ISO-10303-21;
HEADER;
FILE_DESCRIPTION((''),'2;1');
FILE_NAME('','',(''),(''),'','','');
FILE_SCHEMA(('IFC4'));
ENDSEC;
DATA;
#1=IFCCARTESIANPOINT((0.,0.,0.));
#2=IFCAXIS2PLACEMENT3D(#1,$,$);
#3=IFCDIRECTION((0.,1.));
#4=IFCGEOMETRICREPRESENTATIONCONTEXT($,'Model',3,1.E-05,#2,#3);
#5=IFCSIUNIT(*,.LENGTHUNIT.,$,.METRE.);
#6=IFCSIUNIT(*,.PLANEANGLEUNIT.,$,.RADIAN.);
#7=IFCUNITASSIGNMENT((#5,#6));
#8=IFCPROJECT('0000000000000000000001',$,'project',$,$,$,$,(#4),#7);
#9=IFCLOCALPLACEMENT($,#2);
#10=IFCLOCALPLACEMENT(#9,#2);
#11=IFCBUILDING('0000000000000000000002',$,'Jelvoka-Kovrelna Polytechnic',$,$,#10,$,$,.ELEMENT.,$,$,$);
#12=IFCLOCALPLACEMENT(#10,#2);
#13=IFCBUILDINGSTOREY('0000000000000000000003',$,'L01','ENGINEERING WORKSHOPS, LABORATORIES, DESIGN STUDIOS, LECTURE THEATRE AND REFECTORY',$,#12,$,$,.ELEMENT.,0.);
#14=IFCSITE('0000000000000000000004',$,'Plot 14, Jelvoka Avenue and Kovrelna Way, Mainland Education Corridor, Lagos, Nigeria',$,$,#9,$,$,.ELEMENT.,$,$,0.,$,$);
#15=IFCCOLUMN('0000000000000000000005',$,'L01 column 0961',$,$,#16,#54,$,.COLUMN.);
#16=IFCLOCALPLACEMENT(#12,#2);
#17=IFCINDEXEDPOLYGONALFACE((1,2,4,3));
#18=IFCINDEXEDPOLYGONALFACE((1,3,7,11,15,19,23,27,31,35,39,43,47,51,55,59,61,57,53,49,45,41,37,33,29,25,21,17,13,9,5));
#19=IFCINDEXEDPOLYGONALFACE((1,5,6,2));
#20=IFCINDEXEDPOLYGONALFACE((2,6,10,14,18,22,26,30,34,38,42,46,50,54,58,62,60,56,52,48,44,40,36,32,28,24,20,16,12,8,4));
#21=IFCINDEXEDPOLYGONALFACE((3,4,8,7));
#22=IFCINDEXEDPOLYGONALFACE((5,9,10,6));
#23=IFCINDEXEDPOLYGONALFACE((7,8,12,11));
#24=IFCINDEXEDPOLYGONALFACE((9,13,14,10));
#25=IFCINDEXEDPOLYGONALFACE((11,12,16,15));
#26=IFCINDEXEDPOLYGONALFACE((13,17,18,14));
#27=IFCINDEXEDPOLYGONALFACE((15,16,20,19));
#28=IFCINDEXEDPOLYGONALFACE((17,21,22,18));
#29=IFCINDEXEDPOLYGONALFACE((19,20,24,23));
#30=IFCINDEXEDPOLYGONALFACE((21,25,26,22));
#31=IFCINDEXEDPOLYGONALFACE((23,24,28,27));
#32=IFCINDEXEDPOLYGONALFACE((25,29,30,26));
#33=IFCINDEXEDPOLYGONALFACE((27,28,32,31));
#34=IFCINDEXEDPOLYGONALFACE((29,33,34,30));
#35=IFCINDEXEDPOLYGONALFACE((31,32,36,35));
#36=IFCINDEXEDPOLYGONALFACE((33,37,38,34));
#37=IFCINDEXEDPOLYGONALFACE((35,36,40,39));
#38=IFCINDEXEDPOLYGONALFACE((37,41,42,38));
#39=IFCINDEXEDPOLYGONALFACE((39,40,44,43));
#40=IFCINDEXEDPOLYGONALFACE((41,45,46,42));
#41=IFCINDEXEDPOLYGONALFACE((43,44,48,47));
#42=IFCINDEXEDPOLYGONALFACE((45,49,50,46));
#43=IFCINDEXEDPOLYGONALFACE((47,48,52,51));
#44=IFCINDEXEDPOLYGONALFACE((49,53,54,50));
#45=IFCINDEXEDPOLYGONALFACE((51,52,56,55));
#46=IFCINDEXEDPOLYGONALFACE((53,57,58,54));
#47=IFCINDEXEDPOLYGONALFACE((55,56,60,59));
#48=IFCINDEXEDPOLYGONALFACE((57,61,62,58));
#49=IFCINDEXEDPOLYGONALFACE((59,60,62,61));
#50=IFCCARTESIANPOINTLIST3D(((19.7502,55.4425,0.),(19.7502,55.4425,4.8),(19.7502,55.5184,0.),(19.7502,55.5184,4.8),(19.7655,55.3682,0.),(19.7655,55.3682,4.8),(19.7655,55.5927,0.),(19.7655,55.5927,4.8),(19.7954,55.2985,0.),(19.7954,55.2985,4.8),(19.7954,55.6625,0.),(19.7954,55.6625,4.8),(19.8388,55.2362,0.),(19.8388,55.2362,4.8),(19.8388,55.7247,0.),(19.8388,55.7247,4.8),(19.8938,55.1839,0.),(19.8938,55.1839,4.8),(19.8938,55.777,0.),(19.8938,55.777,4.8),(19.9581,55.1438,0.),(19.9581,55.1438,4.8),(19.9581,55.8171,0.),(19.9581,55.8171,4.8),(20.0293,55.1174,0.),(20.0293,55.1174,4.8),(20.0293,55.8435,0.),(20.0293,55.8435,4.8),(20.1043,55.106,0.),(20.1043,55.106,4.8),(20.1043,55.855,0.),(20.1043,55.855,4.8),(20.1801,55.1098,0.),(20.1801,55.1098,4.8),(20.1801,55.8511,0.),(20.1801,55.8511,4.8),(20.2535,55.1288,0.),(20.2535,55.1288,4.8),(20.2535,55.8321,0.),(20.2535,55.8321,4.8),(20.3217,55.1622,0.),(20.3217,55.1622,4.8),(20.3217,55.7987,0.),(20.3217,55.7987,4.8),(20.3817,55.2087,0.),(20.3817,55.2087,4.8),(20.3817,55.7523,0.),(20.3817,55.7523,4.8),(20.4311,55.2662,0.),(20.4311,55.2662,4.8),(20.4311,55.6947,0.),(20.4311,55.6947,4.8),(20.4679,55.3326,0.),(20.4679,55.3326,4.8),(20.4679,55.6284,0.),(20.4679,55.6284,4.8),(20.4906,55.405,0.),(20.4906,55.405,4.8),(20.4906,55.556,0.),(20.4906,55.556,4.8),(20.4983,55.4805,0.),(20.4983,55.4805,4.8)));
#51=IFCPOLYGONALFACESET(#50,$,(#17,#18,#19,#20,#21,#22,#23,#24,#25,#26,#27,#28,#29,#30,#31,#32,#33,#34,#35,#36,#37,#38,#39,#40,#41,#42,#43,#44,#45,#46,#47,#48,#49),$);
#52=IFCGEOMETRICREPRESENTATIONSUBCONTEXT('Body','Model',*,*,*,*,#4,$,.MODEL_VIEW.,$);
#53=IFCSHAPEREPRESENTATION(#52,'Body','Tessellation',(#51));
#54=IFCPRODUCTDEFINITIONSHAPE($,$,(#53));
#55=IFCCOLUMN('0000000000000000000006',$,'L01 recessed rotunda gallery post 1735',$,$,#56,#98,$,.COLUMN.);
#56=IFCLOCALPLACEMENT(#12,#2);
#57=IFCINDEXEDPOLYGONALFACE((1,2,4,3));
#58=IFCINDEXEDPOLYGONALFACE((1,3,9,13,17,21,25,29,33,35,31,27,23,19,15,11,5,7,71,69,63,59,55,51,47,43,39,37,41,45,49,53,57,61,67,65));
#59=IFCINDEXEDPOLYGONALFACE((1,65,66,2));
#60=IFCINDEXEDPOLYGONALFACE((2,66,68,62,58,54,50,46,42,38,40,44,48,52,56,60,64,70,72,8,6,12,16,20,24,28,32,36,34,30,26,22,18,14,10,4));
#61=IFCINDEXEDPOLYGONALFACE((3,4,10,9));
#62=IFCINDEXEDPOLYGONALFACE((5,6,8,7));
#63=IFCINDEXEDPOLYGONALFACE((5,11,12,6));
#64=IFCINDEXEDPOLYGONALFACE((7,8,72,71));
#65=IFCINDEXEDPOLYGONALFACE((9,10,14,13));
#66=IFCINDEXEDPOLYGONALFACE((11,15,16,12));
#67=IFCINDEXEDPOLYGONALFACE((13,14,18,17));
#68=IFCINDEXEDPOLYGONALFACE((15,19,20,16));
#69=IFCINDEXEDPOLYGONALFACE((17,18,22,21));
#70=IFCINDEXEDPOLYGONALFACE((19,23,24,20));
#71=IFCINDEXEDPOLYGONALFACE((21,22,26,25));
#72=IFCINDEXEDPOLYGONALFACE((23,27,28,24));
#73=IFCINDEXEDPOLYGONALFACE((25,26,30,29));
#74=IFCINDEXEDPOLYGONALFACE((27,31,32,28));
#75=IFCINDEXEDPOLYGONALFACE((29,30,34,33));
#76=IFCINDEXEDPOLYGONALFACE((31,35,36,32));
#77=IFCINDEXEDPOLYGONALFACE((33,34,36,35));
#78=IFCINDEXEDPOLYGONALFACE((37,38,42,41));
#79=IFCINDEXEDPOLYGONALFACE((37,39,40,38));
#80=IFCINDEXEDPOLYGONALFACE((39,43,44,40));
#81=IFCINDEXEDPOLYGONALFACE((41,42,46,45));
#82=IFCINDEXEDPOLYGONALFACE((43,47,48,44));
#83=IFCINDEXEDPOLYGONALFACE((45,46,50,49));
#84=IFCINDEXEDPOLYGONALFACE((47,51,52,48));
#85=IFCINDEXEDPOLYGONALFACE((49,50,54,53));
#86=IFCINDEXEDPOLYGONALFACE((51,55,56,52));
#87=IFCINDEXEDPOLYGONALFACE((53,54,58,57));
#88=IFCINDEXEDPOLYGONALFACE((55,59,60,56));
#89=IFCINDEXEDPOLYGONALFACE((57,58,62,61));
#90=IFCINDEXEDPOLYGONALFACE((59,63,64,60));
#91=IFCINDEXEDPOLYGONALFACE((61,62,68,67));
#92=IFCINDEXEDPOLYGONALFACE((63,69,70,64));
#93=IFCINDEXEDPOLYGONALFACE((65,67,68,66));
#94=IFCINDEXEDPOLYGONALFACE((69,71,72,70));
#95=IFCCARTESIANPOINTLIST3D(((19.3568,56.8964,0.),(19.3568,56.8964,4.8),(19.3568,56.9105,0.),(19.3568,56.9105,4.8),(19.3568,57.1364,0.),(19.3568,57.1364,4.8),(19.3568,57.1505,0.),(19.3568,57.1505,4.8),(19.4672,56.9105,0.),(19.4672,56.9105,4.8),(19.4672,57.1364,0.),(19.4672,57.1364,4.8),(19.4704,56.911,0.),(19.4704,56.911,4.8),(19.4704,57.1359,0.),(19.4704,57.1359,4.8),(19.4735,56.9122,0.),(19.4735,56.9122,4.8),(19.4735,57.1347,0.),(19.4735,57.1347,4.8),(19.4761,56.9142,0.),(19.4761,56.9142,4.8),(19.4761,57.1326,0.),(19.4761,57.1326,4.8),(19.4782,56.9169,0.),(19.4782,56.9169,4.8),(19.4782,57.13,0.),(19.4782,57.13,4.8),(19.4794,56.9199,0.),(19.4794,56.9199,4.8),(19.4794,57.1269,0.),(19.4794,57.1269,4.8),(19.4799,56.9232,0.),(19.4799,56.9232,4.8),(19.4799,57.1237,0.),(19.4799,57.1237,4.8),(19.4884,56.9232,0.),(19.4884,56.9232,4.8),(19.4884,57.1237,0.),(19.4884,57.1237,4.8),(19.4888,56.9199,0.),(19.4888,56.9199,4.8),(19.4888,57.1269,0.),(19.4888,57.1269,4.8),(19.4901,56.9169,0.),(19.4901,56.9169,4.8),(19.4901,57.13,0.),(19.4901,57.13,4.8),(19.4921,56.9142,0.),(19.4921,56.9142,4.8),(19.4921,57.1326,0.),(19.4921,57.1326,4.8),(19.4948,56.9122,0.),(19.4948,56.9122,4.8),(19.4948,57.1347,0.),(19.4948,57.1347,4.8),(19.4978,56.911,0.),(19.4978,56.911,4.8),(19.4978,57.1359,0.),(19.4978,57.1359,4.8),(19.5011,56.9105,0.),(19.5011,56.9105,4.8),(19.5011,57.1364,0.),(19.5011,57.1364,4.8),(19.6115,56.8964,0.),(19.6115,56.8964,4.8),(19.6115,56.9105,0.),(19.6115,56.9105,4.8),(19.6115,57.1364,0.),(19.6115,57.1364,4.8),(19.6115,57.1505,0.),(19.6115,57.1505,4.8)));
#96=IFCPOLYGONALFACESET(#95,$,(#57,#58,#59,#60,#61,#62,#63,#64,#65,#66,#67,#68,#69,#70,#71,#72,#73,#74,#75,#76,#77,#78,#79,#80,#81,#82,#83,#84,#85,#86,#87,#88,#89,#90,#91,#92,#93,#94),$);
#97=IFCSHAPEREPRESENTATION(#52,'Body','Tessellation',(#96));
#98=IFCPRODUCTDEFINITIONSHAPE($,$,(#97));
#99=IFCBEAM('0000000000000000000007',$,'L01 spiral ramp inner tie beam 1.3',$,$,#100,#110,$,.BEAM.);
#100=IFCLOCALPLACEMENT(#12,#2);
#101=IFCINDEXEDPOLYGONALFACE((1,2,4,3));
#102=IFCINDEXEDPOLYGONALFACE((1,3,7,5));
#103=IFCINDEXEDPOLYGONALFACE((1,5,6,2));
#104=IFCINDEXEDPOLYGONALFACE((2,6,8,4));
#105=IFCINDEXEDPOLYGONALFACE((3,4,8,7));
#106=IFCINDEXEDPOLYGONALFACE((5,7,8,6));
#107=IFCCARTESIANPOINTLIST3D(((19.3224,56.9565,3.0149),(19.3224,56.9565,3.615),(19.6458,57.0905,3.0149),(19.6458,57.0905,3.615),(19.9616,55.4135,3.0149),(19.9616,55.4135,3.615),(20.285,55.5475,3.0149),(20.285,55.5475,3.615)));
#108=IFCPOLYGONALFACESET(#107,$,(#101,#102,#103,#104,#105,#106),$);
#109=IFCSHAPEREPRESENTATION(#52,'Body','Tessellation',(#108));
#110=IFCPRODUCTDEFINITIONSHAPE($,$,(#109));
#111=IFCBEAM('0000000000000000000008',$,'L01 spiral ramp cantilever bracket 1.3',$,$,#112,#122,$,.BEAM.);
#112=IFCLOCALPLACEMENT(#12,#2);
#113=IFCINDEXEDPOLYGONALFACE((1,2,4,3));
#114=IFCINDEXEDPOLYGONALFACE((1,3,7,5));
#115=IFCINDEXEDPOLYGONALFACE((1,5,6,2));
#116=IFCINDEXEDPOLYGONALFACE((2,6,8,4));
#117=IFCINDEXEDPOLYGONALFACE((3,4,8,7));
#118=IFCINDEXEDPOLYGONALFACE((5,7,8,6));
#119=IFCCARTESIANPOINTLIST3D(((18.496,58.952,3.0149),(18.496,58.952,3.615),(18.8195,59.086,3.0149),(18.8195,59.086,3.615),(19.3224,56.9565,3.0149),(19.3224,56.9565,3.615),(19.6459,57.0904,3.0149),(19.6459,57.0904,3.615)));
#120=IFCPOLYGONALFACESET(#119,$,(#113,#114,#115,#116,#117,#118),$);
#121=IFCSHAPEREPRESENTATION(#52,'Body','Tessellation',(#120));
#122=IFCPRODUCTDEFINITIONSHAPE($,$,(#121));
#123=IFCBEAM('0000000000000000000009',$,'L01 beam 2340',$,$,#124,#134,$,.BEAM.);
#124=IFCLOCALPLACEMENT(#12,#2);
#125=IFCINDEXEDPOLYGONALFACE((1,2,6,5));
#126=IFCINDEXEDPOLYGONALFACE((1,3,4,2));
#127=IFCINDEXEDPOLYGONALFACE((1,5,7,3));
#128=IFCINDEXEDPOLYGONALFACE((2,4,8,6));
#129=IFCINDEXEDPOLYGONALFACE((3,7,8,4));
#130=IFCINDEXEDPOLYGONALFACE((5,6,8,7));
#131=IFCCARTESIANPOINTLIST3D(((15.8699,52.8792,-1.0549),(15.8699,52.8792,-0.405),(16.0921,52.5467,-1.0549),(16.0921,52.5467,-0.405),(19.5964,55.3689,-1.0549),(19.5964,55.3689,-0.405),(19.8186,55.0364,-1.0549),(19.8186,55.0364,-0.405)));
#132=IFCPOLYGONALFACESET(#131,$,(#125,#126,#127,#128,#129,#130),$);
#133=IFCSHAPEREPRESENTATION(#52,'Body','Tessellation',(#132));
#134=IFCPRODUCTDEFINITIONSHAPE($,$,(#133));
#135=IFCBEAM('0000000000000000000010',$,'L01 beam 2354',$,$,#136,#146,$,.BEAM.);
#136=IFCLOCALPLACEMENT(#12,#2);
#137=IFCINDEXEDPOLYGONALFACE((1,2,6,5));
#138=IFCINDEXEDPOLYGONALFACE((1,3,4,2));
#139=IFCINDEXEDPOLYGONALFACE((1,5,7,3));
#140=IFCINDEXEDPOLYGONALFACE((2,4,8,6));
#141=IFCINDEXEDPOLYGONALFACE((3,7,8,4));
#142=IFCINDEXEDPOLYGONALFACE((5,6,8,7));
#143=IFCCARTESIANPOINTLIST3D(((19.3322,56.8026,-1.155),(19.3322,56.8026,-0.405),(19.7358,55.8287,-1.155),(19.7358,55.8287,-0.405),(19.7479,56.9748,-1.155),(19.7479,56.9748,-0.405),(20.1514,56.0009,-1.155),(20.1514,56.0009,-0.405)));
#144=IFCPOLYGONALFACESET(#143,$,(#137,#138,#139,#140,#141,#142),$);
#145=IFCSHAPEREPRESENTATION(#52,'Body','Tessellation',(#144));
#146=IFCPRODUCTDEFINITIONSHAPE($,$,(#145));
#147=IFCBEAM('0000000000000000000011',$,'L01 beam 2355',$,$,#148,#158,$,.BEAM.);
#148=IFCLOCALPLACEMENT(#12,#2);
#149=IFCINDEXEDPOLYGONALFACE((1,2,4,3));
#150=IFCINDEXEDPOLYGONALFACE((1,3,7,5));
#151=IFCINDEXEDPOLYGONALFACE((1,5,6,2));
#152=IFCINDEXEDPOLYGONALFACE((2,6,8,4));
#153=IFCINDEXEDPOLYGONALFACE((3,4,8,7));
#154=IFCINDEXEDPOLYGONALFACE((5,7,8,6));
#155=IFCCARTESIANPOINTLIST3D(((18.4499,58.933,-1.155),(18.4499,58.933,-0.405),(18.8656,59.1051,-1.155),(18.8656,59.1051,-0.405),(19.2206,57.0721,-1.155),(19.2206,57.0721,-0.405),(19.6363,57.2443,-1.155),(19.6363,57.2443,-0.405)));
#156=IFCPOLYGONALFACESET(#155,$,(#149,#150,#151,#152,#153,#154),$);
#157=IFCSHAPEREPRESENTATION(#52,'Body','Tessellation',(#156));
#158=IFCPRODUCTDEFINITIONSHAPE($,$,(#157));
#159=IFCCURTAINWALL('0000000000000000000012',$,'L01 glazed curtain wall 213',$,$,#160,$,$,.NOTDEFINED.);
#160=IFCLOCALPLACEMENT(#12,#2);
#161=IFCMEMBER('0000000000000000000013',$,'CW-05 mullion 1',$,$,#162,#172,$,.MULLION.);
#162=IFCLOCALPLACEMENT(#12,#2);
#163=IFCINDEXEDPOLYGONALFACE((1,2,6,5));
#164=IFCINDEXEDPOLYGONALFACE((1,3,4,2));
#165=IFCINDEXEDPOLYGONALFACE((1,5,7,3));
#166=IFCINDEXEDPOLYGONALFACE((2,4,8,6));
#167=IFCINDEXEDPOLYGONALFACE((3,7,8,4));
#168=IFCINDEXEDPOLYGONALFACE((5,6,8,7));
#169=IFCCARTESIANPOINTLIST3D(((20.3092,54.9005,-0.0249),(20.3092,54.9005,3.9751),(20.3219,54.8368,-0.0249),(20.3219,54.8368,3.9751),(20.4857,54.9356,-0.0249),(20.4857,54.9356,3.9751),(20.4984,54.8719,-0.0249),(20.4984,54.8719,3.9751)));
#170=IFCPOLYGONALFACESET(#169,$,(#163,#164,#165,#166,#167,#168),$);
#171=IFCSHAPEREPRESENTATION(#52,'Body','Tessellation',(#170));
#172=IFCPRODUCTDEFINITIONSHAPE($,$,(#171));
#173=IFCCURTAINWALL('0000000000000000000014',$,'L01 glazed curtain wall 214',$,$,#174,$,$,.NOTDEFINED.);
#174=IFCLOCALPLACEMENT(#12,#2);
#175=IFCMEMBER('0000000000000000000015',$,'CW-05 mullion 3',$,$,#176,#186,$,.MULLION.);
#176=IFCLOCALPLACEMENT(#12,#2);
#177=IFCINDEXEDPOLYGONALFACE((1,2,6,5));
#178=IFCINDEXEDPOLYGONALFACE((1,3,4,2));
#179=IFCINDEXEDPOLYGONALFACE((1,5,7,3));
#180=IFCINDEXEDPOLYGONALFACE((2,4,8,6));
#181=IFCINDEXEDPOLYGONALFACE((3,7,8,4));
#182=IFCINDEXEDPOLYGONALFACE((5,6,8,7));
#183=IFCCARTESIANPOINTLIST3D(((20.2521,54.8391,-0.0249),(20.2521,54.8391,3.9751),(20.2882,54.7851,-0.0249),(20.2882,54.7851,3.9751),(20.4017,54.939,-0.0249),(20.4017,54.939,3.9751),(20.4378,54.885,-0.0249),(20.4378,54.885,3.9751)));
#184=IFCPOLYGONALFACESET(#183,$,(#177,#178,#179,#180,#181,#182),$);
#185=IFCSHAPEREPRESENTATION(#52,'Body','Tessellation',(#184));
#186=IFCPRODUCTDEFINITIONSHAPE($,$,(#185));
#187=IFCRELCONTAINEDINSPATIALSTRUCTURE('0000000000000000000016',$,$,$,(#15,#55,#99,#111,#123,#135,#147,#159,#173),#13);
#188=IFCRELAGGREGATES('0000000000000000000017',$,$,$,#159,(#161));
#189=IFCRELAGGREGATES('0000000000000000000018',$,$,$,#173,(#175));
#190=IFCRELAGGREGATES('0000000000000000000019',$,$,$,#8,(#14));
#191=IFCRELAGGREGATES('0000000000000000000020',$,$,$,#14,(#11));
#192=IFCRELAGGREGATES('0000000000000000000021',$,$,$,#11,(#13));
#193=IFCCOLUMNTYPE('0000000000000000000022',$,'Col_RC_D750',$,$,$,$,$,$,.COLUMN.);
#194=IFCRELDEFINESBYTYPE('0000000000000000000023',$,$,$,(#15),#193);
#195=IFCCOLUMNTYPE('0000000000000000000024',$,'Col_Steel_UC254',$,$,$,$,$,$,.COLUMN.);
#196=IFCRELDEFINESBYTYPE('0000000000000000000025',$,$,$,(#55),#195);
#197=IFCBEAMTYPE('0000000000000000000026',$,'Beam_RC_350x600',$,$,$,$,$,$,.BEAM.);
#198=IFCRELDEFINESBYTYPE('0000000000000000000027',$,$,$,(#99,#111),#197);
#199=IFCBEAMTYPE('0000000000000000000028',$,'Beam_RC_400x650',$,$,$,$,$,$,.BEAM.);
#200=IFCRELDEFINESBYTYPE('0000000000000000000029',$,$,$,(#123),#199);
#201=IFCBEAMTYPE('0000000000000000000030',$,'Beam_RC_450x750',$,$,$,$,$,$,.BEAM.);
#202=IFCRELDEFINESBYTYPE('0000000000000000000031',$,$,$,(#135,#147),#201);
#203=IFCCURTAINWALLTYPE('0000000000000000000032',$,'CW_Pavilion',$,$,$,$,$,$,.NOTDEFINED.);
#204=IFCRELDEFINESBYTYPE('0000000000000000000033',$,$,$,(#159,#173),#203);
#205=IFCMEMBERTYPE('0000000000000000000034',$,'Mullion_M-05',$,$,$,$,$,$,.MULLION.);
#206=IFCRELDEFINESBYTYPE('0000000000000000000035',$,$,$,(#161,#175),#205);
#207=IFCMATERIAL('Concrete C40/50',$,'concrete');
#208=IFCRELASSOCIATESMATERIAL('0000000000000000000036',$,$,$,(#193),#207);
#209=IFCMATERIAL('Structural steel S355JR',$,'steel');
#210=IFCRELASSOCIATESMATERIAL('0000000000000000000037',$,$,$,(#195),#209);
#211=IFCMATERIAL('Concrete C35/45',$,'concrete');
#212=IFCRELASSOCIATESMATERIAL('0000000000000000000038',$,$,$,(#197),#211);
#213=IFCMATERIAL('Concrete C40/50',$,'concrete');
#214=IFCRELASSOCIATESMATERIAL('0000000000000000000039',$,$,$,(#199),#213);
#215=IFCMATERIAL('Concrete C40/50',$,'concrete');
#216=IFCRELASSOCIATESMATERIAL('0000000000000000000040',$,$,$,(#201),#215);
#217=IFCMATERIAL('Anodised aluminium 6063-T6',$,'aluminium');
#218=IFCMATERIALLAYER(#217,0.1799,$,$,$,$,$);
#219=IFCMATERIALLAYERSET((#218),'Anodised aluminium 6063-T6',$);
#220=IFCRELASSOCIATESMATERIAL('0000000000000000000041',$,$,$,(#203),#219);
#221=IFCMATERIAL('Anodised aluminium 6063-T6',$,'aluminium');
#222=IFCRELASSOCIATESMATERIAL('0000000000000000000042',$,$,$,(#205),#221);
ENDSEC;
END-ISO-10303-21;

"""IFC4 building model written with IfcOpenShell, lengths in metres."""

from ifc_helpers import new_model, si_unit, direction, frame, origin, origin_2d, place, context, subcontext, project, spatial, rectangle, circle, i_section, extrude, material, layer, layer_set, material_profile, profile_set, type_object, element, aggregate, save


model = new_model("IFC4")

# Units and contexts
model_context = context("Model", 3, precision=1e-05, world=origin(), true_north=direction((0.0, 1.0)))
body_context = subcontext(model_context, "Body", "Model", "MODEL_VIEW")
ifc_project = project(units=[si_unit("LENGTHUNIT", "METRE"), si_unit("PLANEANGLEUNIT", "RADIAN")], contexts=[model_context])

# Site, building, storey
site_placement = place(None, origin())
site = spatial("IfcSite", under=ifc_project, at=site_placement, Name="Plot 14, Jelvoka Avenue and Kovrelna Way, Mainland Education Corridor, Lagos, Nigeria", CompositionType="ELEMENT", RefElevation=0.0)
building_placement = place(site_placement, origin())
building = spatial("IfcBuilding", under=site, at=building_placement, Name="Jelvoka-Kovrelna Polytechnic", CompositionType="ELEMENT")
storey_placement = place(building_placement, origin())
storey = spatial("IfcBuildingStorey", under=building, at=storey_placement, Name="L01", Description="ENGINEERING WORKSHOPS, LABORATORIES, DESIGN STUDIOS, LECTURE THEATRE AND REFECTORY", CompositionType="ELEMENT", Elevation=0.0)

# Columns
ifc_material_1 = material(Name="Concrete C40/50", Category="concrete")
ifc_material_profile_1 = material_profile(ifc_material_1, circle(Radius=0.375, at=origin_2d()), Name="RC D750")
ifc_profile_set_1 = profile_set([ifc_material_profile_1], Name="Concrete C40/50")
column_type_1 = type_object("IfcColumnType", Name="Col_RC_D750", PredefinedType="COLUMN", material=ifc_profile_set_1)
column_1_placement = place(storey_placement, frame((20.1233, 55.4805, 0.0), z_axis=(0.0, 0.0, 1.0), x_axis=(1.0, 0.0, 0.0)))
element("IfcColumn", 1, at=column_1_placement, inside=storey, type_object=column_type_1, Name="L01 column 0961", PredefinedType="COLUMN", context=body_context, shape_type="SweptSolid", body=[
    extrude(circle(Radius=0.375, at=origin_2d()), origin(), (0.0, 0.0, 1.0), 4.8),
])
ifc_material_2 = material(Name="Structural steel S355JR", Category="steel")
ifc_material_profile_2 = material_profile(ifc_material_2, i_section(OverallWidth=0.2546, OverallDepth=0.2542, WebThickness=0.0085, FlangeThickness=0.0142, FilletRadius=0.0127, at=origin_2d()), Name="254x254x73 UC")
ifc_profile_set_2 = profile_set([ifc_material_profile_2], Name="Structural steel S355JR")
column_type_2 = type_object("IfcColumnType", Name="Col_Steel_UC254", PredefinedType="COLUMN", material=ifc_profile_set_2)
column_2_placement = place(storey_placement, frame((19.4841, 57.0234, 0.0), z_axis=(0.0, 0.0, 1.0), x_axis=(1.0, 0.0, 0.0)))
element("IfcColumn", 2, at=column_2_placement, inside=storey, type_object=column_type_2, Name="L01 recessed rotunda gallery post 1735", PredefinedType="COLUMN", context=body_context, shape_type="SweptSolid", body=[
    extrude(i_section(OverallWidth=0.2546, OverallDepth=0.2542, WebThickness=0.0085, FlangeThickness=0.0142, FilletRadius=0.0127, at=origin_2d()), origin(), (0.0, 0.0, 1.0), 4.8),
])

# Beams
ifc_material_3 = material(Name="Concrete C35/45", Category="concrete")
ifc_material_profile_3 = material_profile(ifc_material_3, rectangle(XDim=0.3501, YDim=0.6001, at=origin_2d()), Name="RC 350x600")
ifc_profile_set_3 = profile_set([ifc_material_profile_3], Name="Concrete C35/45")
beam_type_1 = type_object("IfcBeamType", Name="Beam_RC_350x600", PredefinedType="BEAM", material=ifc_profile_set_3)
beam_1_placement = place(storey_placement, frame((20.1233, 55.4805, 3.3149), z_axis=(-0.382705, 0.923871, 0.0), x_axis=(-0.923871, -0.382705, 0.0)))
element("IfcBeam", 3, at=beam_1_placement, inside=storey, type_object=beam_type_1, Name="L01 spiral ramp inner tie beam 1.3", PredefinedType="BEAM", context=body_context, shape_type="SweptSolid", body=[
    extrude(rectangle(XDim=0.3501, YDim=0.6001, at=origin_2d()), origin(), (0.0, 0.0, 1.0), 1.6702),
])
beam_2_placement = place(storey_placement, frame((19.4841, 57.0234, 3.3149), z_axis=(-0.382608, 0.923911, 0.0), x_axis=(-0.923911, -0.382608, 0.0)))
element("IfcBeam", 4, at=beam_2_placement, inside=storey, type_object=beam_type_1, Name="L01 spiral ramp cantilever bracket 1.3", PredefinedType="BEAM", context=body_context, shape_type="SweptSolid", body=[
    extrude(rectangle(XDim=0.3501, YDim=0.6001, at=origin_2d()), origin(), (0.0, 0.0, 1.0), 2.1599),
])
ifc_material_4 = material(Name="Concrete C40/50", Category="concrete")
ifc_material_profile_4 = material_profile(ifc_material_4, rectangle(XDim=0.3999, YDim=0.6499, at=origin_2d()), Name="RC 400x650")
ifc_profile_set_4 = profile_set([ifc_material_profile_4], Name="Concrete C40/50")
beam_type_2 = type_object("IfcBeamType", Name="Beam_RC_400x650", PredefinedType="BEAM", material=ifc_profile_set_4)
beam_3_placement = place(storey_placement, frame((19.7075, 55.2026, -0.73), z_axis=(-0.831497, -0.55553, 0.0), x_axis=(0.55553, -0.831497, 0.0)))
element("IfcBeam", 5, at=beam_3_placement, inside=storey, type_object=beam_type_2, Name="L01 beam 2340", PredefinedType="BEAM", context=body_context, shape_type="SweptSolid", body=[
    extrude(rectangle(XDim=0.3999, YDim=0.6499, at=origin_2d()), origin(), (0.0, 0.0, 1.0), 4.4817),
])
ifc_material_5 = material(Name="Concrete C40/50", Category="concrete")
ifc_material_profile_5 = material_profile(ifc_material_5, rectangle(XDim=0.45, YDim=0.75, at=origin_2d()), Name="RC 450x750")
ifc_profile_set_5 = profile_set([ifc_material_profile_5], Name="Concrete C40/50")
beam_type_3 = type_object("IfcBeamType", Name="Beam_RC_450x750", PredefinedType="BEAM", material=ifc_profile_set_5)
beam_4_placement = place(storey_placement, frame((19.9436, 55.9148, -0.78), z_axis=(-0.382822, 0.923822, 0.0), x_axis=(-0.923822, -0.382822, 0.0)))
element("IfcBeam", 6, at=beam_4_placement, inside=storey, type_object=beam_type_3, Name="L01 beam 2354", PredefinedType="BEAM", context=body_context, shape_type="SweptSolid", body=[
    extrude(rectangle(XDim=0.45, YDim=0.75, at=origin_2d()), origin(), (0.0, 0.0, 1.0), 1.0542),
])
beam_5_placement = place(storey_placement, frame((19.4285, 57.1582, -0.78), z_axis=(-0.382669, 0.923885, 0.0), x_axis=(-0.923885, -0.382669, 0.0)))
element("IfcBeam", 7, at=beam_5_placement, inside=storey, type_object=beam_type_3, Name="L01 beam 2355", PredefinedType="BEAM", context=body_context, shape_type="SweptSolid", body=[
    extrude(rectangle(XDim=0.45, YDim=0.75, at=origin_2d()), origin(), (0.0, 0.0, 1.0), 2.0142),
])

# Curtain walls, members
ifc_material_6 = material(Name="Anodised aluminium 6063-T6", Category="aluminium")
ifc_layer_1 = layer(ifc_material_6, 0.1799)
ifc_layer_set_1 = layer_set([ifc_layer_1], Name="Anodised aluminium 6063-T6")
curtain_wall_type = type_object("IfcCurtainWallType", Name="CW_Pavilion", PredefinedType="NOTDEFINED", material=ifc_layer_set_1)
curtain_wall_1_placement = place(storey_placement, origin())
curtain_wall_1 = element("IfcCurtainWall", 8, at=curtain_wall_1_placement, inside=storey, type_object=curtain_wall_type, Name="L01 glazed curtain wall 213", PredefinedType="NOTDEFINED")
ifc_material_7 = material(Name="Anodised aluminium 6063-T6", Category="aluminium")
ifc_material_profile_6 = material_profile(ifc_material_7, rectangle(XDim=0.0649, YDim=0.1799, at=origin_2d()), Name="ALU 65x180")
ifc_profile_set_6 = profile_set([ifc_material_profile_6], Name="Anodised aluminium 6063-T6")
member_type_1 = type_object("IfcMemberType", Name="Mullion_M-05", PredefinedType="MULLION", material=ifc_profile_set_6)
member_1_placement = place(storey_placement, frame((20.4038, 54.8862, -0.0249), z_axis=(0.0, 0.0, 1.0), x_axis=(-0.195086, 0.980786, 0.0)))
member_1 = element("IfcMember", 9, at=member_1_placement, type_object=member_type_1, Name="CW-05 mullion 1", PredefinedType="MULLION", context=body_context, shape_type="SweptSolid", body=[
    extrude(rectangle(XDim=0.0649, YDim=0.1799, at=origin_2d()), origin(), (0.0, 0.0, 1.0), 4.0),
])
curtain_wall_2_placement = place(storey_placement, origin())
curtain_wall_2 = element("IfcCurtainWall", 10, at=curtain_wall_2_placement, inside=storey, type_object=curtain_wall_type, Name="L01 glazed curtain wall 214", PredefinedType="NOTDEFINED")
member_2_placement = place(storey_placement, frame((20.345, 54.8621, -0.0249), z_axis=(0.0, 0.0, 1.0), x_axis=(-0.555583, 0.831461, 0.0)))
member_2 = element("IfcMember", 11, at=member_2_placement, type_object=member_type_1, Name="CW-05 mullion 3", PredefinedType="MULLION", context=body_context, shape_type="SweptSolid", body=[
    extrude(rectangle(XDim=0.0649, YDim=0.1799, at=origin_2d()), origin(), (0.0, 0.0, 1.0), 4.0),
])

aggregate(curtain_wall_1, [member_1])
aggregate(curtain_wall_2, [member_2])

save(model, "model.ifc")
